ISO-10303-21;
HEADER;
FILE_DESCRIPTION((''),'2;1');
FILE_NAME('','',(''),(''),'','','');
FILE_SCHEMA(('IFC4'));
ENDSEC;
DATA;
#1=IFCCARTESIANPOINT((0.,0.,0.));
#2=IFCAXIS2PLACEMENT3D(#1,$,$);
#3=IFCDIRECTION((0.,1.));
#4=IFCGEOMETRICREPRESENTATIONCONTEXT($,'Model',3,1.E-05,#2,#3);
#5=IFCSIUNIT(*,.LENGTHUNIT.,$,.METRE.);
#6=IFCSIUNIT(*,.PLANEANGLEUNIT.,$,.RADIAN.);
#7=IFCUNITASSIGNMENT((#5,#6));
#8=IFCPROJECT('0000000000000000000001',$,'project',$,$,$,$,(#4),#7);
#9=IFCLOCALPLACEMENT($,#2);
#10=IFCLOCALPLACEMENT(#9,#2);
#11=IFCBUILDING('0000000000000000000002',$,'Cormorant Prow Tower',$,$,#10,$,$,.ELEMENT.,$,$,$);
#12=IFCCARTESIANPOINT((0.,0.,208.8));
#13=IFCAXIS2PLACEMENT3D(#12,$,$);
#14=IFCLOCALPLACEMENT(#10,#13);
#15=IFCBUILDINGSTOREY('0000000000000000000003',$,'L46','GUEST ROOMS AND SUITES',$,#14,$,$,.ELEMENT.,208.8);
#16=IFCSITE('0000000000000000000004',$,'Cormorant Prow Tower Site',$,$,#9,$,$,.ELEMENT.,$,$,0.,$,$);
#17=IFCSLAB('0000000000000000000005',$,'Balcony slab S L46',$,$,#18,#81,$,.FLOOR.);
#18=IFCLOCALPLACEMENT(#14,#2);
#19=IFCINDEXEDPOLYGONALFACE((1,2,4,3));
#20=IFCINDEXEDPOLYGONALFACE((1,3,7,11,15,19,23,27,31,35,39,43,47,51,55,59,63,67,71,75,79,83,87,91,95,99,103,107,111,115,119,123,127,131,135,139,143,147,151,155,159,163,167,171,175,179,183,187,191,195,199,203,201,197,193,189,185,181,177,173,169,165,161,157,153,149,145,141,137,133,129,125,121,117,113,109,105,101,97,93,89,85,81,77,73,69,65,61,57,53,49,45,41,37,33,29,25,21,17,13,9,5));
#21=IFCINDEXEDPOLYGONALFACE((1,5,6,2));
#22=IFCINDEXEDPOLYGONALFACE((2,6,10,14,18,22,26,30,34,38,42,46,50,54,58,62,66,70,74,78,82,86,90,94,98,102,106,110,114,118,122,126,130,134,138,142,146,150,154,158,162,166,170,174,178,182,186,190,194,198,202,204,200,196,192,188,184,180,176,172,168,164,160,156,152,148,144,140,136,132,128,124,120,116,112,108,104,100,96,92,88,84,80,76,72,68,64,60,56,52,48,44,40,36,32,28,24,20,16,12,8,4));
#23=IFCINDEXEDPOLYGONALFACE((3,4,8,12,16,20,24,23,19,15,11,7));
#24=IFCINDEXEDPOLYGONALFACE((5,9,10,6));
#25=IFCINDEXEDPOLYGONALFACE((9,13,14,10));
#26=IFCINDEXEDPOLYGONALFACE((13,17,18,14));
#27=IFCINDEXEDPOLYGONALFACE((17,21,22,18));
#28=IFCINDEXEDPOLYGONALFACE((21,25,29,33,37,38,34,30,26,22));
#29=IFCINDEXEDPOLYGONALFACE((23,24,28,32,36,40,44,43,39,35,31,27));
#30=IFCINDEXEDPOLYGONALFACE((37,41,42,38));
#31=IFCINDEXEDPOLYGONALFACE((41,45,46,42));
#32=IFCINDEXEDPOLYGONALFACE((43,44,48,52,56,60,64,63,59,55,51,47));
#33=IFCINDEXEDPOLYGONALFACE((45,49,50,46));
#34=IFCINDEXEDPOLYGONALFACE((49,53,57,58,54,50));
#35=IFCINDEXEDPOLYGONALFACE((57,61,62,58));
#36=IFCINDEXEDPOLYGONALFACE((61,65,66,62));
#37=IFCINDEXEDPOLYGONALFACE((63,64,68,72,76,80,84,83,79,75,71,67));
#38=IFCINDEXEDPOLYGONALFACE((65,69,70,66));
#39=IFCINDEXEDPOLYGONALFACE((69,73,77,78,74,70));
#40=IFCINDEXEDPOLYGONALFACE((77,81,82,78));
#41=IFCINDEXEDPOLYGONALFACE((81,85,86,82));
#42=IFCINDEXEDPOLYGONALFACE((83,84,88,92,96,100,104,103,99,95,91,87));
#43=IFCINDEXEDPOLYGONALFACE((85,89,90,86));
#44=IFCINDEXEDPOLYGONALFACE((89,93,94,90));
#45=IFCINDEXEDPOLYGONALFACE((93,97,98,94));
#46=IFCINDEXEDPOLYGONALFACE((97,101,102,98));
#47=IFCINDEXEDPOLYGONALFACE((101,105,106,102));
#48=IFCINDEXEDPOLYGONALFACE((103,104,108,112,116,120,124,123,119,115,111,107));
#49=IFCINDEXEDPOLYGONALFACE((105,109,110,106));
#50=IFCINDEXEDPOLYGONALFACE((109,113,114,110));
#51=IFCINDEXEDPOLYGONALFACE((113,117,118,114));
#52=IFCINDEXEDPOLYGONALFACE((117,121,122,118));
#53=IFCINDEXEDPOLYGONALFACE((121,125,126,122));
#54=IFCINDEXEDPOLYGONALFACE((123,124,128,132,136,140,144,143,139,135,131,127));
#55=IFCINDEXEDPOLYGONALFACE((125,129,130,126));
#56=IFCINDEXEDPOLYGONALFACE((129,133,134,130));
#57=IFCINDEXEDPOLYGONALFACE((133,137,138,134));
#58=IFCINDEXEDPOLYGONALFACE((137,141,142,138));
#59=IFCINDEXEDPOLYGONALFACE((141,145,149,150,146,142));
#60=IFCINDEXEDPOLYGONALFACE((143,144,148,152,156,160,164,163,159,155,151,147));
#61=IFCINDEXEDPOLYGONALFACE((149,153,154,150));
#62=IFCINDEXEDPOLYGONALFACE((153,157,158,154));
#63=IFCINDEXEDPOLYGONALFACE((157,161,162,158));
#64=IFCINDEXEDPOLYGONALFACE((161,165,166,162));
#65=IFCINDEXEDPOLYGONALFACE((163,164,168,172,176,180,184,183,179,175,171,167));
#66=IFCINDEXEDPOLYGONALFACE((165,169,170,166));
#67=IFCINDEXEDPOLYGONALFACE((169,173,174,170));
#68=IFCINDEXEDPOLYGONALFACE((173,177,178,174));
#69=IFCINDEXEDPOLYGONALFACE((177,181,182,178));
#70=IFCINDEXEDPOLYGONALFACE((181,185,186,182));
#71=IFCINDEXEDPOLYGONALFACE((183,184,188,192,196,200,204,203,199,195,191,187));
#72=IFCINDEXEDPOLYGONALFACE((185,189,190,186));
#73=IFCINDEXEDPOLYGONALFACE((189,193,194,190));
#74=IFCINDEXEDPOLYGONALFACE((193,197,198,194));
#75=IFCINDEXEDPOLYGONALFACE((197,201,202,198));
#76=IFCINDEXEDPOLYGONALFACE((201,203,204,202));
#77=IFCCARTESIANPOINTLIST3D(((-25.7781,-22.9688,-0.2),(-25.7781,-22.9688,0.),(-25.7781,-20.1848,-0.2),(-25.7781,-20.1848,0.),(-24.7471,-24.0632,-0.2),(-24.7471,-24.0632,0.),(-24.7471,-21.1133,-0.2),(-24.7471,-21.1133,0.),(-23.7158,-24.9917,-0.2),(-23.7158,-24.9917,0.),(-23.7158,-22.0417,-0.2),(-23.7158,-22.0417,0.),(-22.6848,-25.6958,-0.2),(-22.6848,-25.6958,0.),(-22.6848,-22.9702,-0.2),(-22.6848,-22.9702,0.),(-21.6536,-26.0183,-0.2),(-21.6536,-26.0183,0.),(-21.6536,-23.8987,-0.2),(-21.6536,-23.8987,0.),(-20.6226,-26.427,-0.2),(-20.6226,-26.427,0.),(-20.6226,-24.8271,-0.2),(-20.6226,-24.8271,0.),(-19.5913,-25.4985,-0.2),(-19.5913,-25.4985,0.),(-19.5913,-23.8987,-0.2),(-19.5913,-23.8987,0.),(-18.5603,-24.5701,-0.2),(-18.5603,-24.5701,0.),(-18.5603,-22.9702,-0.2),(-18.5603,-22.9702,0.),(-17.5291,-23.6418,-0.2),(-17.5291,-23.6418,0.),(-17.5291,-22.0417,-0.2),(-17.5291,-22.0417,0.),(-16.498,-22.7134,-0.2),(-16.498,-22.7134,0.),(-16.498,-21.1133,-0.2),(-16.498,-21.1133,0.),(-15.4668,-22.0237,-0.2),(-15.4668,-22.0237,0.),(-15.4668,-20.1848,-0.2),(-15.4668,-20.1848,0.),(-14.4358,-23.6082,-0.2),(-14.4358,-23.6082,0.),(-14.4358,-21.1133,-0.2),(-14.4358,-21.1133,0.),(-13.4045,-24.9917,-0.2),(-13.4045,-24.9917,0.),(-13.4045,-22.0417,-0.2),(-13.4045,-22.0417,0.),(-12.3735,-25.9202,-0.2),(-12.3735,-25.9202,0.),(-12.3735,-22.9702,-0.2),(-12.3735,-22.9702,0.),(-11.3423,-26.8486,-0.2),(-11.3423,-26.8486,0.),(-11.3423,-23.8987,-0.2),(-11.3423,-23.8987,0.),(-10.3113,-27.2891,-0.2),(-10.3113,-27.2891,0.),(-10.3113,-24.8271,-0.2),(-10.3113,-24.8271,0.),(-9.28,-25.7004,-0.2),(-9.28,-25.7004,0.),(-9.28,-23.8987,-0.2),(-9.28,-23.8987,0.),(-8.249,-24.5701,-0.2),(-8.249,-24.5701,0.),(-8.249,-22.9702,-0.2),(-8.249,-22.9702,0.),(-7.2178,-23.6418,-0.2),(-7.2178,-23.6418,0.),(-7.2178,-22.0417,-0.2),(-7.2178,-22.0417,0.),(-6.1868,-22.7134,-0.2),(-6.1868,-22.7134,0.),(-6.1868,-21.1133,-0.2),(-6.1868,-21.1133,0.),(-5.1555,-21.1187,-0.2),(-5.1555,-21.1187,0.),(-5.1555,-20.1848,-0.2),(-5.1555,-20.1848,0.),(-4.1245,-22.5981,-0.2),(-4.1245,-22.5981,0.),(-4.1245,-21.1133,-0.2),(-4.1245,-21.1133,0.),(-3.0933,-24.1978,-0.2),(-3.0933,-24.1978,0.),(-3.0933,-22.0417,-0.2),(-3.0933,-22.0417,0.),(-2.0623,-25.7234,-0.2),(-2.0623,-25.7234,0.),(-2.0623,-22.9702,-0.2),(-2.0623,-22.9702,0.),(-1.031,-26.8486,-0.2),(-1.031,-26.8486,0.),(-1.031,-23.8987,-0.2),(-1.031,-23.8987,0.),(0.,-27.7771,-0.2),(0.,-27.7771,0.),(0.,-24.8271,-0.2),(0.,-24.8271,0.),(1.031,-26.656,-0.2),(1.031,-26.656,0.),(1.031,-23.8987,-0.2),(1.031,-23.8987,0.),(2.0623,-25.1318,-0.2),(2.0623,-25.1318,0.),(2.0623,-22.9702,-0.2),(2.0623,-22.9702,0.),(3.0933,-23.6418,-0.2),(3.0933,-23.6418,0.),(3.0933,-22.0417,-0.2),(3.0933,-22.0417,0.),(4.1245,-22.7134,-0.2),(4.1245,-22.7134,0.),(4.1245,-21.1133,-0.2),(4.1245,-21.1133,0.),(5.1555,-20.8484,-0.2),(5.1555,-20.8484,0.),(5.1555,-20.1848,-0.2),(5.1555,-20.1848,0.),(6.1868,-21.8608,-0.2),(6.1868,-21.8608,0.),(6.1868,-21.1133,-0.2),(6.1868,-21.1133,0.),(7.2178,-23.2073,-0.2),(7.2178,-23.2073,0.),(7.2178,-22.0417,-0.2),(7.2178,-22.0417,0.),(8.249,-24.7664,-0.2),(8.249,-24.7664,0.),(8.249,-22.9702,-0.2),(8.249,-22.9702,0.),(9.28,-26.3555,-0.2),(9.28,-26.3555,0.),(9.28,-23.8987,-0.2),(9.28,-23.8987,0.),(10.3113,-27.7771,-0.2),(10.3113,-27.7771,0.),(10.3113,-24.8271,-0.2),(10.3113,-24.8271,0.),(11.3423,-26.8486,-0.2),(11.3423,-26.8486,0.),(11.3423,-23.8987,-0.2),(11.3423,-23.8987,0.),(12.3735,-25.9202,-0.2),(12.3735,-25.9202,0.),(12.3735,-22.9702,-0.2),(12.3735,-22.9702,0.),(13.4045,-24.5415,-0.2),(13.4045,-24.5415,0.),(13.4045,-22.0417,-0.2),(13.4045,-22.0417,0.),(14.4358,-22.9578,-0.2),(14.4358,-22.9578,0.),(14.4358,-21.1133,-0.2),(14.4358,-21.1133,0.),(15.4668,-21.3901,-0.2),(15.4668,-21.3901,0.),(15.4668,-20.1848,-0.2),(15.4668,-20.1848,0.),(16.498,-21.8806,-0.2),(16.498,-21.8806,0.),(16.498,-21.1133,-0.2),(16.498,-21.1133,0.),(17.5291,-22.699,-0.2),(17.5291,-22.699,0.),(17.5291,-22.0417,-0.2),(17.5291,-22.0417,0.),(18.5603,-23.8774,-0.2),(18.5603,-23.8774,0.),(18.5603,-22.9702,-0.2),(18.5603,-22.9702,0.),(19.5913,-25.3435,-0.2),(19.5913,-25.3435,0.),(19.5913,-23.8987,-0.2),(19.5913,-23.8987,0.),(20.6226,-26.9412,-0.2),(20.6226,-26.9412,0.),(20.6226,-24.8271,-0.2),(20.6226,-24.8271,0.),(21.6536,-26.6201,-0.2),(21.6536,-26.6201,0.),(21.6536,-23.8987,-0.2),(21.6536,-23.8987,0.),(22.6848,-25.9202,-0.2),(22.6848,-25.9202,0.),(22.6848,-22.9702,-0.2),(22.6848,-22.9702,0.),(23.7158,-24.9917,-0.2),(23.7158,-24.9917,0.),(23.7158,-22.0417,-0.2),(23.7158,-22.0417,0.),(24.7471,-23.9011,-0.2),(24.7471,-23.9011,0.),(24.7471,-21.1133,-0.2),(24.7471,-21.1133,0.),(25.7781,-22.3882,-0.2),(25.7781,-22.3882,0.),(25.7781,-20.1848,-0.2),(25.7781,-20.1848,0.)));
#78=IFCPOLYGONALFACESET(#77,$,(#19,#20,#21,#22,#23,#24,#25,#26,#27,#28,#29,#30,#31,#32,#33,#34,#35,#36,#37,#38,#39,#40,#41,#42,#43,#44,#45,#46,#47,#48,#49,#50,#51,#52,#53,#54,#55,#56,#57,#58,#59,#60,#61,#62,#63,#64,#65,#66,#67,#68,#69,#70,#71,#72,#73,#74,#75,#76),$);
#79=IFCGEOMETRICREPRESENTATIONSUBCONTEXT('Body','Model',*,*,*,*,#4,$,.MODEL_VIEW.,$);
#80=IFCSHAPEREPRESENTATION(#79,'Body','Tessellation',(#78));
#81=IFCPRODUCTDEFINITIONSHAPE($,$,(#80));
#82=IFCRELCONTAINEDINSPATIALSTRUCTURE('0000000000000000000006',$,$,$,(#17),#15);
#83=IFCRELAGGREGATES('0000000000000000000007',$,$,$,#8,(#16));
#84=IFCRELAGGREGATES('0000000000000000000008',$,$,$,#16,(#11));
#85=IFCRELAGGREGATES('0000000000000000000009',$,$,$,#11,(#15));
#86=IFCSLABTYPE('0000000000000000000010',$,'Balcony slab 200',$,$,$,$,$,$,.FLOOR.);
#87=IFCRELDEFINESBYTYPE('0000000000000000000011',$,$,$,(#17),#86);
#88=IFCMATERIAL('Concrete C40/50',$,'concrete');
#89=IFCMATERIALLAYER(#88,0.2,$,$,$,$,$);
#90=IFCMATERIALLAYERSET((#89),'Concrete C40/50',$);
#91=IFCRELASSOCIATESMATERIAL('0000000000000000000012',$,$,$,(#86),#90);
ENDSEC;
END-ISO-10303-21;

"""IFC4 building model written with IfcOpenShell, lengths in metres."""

from ifc_helpers import new_model, si_unit, direction, frame, origin, place, context, subcontext, project, spatial, polyline, outline, extrude, material, layer, layer_set, type_object, element, save


model = new_model("IFC4")

# Units and contexts
model_context = context("Model", 3, precision=1e-05, world=origin(), true_north=direction((0.0, 1.0)))
body_context = subcontext(model_context, "Body", "Model", "MODEL_VIEW")
ifc_project = project(units=[si_unit("LENGTHUNIT", "METRE"), si_unit("PLANEANGLEUNIT", "RADIAN")], contexts=[model_context])

# Site, building, storey
site_placement = place(None, origin())
site = spatial("IfcSite", under=ifc_project, at=site_placement, Name="Cormorant Prow Tower Site", CompositionType="ELEMENT", RefElevation=0.0)
building_placement = place(site_placement, origin())
building = spatial("IfcBuilding", under=site, at=building_placement, Name="Cormorant Prow Tower", CompositionType="ELEMENT")
storey_placement = place(building_placement, frame((0.0, 0.0, 208.8)))
storey = spatial("IfcBuildingStorey", under=building, at=storey_placement, Name="L46", Description="GUEST ROOMS AND SUITES", CompositionType="ELEMENT", Elevation=208.8)

# Slab
ifc_material_1 = material(Name="Concrete C40/50", Category="concrete")
ifc_layer_1 = layer(ifc_material_1, 0.2)
ifc_layer_set_1 = layer_set([ifc_layer_1], Name="Concrete C40/50")
slab_type_1 = type_object("IfcSlabType", Name="Balcony slab 200", PredefinedType="FLOOR", material=ifc_layer_set_1)
slab_1_placement = place(storey_placement, frame((0.0, 0.0, -0.2)))
element("IfcSlab", 1, at=slab_1_placement, inside=storey, type_object=slab_type_1, Name="Balcony slab S L46", PredefinedType="FLOOR", context=body_context, shape_type="SweptSolid", body=[
    extrude(outline(polyline([(-25.7781, -20.1848), (-25.7781, -22.9688), (-24.7471, -24.0632), (-23.7158, -24.9917), (-22.6848, -25.6958), (-21.6536, -26.0183), (-20.6226, -26.427), (-19.5913, -25.4985), (-18.5603, -24.5701), (-17.5291, -23.6418), (-16.498, -22.7134), (-15.4668, -22.0237), (-14.4358, -23.6082), (-13.4045, -24.9917), (-12.3735, -25.9202), (-11.3423, -26.8486), (-10.3113, -27.2891), (-9.28, -25.7004), (-8.249, -24.5701), (-7.2178, -23.6418), (-6.1868, -22.7134), (-5.1555, -21.1187), (-4.1245, -22.5981), (-3.0933, -24.1978), (-2.0623, -25.7234), (-1.031, -26.8486), (0.0, -27.7771), (1.031, -26.656), (2.0623, -25.1318), (3.0933, -23.6418), (4.1245, -22.7134), (5.1555, -20.8484), (6.1868, -21.8608), (7.2178, -23.2073), (8.249, -24.7664), (9.28, -26.3555), (10.3113, -27.7771), (11.3423, -26.8486), (12.3735, -25.9202), (13.4045, -24.5415), (14.4358, -22.9578), (15.4668, -21.3901), (16.498, -21.8806), (17.5291, -22.699), (18.5603, -23.8774), (19.5913, -25.3435), (20.6226, -26.9412), (21.6536, -26.6201), (22.6848, -25.9202), (23.7158, -24.9917), (24.7471, -23.9011), (25.7781, -22.3882), (25.7781, -20.1848), (24.7471, -21.1133), (23.7158, -22.0417), (22.6848, -22.9702), (21.6536, -23.8987), (20.6226, -24.8271), (19.5913, -23.8987), (18.5603, -22.9702), (17.5291, -22.0417), (16.498, -21.1133), (15.4668, -20.1848), (14.4358, -21.1133), (13.4045, -22.0417), (12.3735, -22.9702), (11.3423, -23.8987), (10.3113, -24.8271), (9.28, -23.8987), (8.249, -22.9702), (7.2178, -22.0417), (6.1868, -21.1133), (5.1555, -20.1848), (4.1245, -21.1133), (3.0933, -22.0417), (2.0623, -22.9702), (1.031, -23.8987), (0.0, -24.8271), (-1.031, -23.8987), (-2.0623, -22.9702), (-3.0933, -22.0417), (-4.1245, -21.1133), (-5.1555, -20.1848), (-6.1868, -21.1133), (-7.2178, -22.0417), (-8.249, -22.9702), (-9.28, -23.8987), (-10.3113, -24.8271), (-11.3423, -23.8987), (-12.3735, -22.9702), (-13.4045, -22.0417), (-14.4358, -21.1133), (-15.4668, -20.1848), (-16.498, -21.1133), (-17.5291, -22.0417), (-18.5603, -22.9702), (-19.5913, -23.8987), (-20.6226, -24.8271), (-21.6536, -23.8987), (-22.6848, -22.9702), (-23.7158, -22.0417), (-24.7471, -21.1133), (-25.7781, -20.1848)])), origin(), (0.0, 0.0, 1.0), 0.2),
])

save(model, "model.ifc")
